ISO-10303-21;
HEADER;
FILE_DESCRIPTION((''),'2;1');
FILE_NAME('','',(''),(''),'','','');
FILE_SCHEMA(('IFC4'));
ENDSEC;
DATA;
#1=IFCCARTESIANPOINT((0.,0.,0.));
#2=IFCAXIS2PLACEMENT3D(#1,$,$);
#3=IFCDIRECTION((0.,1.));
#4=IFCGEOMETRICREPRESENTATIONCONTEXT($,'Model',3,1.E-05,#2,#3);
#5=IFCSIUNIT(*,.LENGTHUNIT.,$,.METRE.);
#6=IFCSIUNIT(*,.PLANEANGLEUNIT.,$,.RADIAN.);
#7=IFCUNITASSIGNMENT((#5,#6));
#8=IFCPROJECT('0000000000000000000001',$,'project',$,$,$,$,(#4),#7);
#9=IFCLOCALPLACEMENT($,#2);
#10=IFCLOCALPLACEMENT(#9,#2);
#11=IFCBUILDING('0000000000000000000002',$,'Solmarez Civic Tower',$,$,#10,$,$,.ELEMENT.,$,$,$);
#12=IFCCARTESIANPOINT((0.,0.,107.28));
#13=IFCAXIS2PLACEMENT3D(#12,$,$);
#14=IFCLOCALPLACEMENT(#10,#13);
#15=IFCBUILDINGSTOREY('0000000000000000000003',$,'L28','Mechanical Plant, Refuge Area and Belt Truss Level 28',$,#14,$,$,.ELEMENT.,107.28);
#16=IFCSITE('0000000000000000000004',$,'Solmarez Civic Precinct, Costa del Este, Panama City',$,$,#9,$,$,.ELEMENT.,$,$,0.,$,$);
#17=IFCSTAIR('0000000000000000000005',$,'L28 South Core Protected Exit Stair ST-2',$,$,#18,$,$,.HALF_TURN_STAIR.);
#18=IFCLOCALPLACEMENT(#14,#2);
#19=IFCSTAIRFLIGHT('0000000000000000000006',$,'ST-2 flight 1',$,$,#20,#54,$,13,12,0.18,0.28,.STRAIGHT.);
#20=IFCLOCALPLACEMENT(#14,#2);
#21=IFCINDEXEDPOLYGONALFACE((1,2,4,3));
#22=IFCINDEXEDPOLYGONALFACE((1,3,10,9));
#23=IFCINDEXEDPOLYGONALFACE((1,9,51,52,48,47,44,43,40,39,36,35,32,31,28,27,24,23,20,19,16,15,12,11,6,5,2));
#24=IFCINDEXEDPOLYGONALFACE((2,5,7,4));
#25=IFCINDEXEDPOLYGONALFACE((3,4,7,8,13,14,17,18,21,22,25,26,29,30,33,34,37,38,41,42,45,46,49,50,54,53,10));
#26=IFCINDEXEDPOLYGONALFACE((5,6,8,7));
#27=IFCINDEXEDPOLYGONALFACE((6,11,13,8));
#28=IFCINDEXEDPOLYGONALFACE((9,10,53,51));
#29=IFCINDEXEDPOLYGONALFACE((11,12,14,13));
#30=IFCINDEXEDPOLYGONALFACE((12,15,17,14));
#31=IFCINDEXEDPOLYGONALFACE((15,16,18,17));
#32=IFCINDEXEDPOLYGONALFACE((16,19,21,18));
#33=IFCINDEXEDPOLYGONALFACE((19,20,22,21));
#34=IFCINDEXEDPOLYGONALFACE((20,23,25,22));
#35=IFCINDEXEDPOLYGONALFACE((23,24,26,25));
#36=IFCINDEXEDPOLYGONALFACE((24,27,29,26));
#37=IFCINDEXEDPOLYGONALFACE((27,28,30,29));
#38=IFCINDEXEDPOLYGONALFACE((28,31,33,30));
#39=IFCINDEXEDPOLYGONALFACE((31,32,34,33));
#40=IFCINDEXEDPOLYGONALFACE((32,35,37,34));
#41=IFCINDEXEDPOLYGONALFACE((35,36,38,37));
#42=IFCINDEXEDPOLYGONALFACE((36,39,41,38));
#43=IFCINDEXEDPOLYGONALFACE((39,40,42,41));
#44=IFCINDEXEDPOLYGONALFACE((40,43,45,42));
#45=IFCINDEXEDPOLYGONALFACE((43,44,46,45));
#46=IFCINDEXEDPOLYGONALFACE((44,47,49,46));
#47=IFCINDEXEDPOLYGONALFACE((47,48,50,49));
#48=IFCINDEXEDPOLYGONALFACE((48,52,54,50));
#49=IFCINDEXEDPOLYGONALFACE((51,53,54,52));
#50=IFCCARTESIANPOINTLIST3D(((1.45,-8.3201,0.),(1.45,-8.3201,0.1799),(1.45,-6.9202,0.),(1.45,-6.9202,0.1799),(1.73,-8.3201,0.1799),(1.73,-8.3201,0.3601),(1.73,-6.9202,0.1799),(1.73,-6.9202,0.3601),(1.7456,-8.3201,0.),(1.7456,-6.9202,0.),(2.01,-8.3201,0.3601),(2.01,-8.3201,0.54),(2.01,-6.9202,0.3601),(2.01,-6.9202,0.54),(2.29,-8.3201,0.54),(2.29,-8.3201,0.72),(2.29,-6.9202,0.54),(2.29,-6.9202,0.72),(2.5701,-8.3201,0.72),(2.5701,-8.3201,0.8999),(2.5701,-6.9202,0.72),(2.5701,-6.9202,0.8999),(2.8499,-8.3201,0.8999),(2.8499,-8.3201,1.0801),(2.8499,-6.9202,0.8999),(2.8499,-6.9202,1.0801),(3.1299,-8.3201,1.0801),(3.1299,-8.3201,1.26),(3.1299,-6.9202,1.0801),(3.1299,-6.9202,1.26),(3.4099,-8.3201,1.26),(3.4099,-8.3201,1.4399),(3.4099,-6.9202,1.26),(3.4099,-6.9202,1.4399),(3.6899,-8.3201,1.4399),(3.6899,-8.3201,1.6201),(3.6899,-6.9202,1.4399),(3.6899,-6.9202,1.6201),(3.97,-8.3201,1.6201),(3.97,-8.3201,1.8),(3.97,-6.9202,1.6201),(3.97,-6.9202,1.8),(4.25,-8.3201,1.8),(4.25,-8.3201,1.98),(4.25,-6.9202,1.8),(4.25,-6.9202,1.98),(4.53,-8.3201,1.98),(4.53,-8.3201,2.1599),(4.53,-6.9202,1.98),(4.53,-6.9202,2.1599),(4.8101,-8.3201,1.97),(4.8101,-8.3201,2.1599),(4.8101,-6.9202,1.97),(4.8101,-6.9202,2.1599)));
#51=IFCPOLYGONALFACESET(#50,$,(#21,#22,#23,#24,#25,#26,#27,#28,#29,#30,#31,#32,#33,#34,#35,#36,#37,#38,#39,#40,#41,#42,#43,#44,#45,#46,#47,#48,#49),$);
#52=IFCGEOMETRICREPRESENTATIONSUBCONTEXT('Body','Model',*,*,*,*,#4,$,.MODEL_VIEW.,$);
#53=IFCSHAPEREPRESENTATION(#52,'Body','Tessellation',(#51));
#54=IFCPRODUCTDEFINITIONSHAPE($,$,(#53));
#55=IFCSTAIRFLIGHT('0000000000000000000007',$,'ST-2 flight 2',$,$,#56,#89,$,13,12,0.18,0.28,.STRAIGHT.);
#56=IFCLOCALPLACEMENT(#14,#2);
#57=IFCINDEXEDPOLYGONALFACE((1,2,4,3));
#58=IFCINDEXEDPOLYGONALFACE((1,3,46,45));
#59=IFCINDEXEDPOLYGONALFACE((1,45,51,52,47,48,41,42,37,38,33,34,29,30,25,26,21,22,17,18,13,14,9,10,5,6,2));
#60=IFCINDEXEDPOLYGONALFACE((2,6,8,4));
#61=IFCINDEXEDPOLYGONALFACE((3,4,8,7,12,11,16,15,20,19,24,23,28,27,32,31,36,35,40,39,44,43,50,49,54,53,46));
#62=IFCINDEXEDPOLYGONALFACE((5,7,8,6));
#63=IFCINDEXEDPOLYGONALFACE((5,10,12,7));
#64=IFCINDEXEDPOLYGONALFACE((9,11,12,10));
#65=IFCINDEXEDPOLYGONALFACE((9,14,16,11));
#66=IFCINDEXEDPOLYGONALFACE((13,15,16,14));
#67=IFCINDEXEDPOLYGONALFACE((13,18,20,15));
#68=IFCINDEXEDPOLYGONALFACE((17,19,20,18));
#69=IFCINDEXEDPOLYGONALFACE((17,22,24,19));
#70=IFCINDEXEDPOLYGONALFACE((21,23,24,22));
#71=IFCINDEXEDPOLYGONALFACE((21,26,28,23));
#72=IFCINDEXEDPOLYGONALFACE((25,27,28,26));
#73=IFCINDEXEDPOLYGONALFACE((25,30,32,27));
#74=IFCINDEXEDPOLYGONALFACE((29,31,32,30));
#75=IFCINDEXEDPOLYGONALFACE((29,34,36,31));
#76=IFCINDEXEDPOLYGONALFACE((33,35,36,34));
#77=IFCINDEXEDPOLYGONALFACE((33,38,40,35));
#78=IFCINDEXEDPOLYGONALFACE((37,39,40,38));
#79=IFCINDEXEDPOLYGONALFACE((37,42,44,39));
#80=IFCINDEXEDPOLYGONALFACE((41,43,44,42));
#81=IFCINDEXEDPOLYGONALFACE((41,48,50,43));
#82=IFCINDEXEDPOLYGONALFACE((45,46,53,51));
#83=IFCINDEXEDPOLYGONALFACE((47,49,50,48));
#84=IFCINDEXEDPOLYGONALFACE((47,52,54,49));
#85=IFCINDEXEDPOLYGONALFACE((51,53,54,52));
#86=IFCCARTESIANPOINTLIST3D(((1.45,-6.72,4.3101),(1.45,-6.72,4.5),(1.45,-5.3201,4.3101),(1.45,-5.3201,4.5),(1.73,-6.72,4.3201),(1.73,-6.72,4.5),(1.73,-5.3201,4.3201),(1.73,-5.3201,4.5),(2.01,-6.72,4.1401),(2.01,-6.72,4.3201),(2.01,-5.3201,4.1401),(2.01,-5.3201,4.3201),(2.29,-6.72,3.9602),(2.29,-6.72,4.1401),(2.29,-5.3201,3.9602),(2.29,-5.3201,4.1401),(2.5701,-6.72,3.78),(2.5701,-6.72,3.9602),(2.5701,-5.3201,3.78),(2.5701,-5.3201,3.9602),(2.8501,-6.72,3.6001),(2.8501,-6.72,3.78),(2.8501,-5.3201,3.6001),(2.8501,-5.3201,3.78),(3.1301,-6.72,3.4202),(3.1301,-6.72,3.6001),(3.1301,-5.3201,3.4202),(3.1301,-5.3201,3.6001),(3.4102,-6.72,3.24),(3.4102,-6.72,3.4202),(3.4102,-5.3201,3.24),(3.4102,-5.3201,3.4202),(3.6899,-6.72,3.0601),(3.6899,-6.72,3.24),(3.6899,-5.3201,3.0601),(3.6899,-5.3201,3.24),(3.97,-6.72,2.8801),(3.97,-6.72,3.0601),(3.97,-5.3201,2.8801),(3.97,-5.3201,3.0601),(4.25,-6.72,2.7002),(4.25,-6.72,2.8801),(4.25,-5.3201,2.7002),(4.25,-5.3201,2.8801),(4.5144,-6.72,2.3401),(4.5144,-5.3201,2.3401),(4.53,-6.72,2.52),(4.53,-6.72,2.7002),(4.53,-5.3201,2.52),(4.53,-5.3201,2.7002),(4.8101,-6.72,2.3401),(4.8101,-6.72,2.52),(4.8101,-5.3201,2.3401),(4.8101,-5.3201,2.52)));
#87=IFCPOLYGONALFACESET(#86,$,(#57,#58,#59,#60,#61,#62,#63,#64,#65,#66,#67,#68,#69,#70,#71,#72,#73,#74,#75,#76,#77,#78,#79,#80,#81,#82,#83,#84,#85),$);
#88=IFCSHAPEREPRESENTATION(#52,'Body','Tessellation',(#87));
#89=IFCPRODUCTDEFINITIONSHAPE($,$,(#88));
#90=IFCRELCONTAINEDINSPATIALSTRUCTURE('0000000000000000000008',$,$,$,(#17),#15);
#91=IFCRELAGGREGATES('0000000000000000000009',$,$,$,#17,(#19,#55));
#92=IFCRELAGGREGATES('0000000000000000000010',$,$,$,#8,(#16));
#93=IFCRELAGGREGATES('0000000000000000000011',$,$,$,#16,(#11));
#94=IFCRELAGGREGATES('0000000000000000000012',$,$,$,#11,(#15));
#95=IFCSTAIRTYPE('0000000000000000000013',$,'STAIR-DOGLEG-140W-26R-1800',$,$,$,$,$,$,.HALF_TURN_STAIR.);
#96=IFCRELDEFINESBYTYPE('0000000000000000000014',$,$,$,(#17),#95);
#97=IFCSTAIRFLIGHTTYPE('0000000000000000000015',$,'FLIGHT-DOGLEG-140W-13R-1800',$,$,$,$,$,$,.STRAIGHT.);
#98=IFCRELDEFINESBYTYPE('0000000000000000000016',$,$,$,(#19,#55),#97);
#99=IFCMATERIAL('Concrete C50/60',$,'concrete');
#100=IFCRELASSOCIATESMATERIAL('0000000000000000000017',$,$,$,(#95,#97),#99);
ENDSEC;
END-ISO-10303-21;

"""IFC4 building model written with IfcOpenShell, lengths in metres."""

from ifc_helpers import new_model, si_unit, direction, frame, origin, place, context, subcontext, project, spatial, polyline, outline, extrude, material, type_object, element, aggregate, save


model = new_model("IFC4")

# Units and contexts
model_context = context("Model", 3, precision=1e-05, world=origin(), true_north=direction((0.0, 1.0)))
body_context = subcontext(model_context, "Body", "Model", "MODEL_VIEW")
ifc_project = project(units=[si_unit("LENGTHUNIT", "METRE"), si_unit("PLANEANGLEUNIT", "RADIAN")], contexts=[model_context])

# Site, building, storey
site_placement = place(None, origin())
site = spatial("IfcSite", under=ifc_project, at=site_placement, Name="Solmarez Civic Precinct, Costa del Este, Panama City", CompositionType="ELEMENT", RefElevation=0.0)
building_placement = place(site_placement, origin())
building = spatial("IfcBuilding", under=site, at=building_placement, Name="Solmarez Civic Tower", CompositionType="ELEMENT")
storey_placement = place(building_placement, frame((0.0, 0.0, 107.28)))
storey = spatial("IfcBuildingStorey", under=building, at=storey_placement, Name="L28", Description="Mechanical Plant, Refuge Area and Belt Truss Level 28", CompositionType="ELEMENT", Elevation=107.28)

# Shared definitions
ifc_material_1 = material(Name="Concrete C50/60", Category="concrete")

# Stair, stair flights
stair_type = type_object("IfcStairType", Name="STAIR-DOGLEG-140W-26R-1800", PredefinedType="HALF_TURN_STAIR", material=ifc_material_1)
stair_placement = place(storey_placement, origin())
stair = element("IfcStair", 1, at=stair_placement, inside=storey, type_object=stair_type, Name="L28 South Core Protected Exit Stair ST-2", PredefinedType="HALF_TURN_STAIR")
stair_flight_type = type_object("IfcStairFlightType", Name="FLIGHT-DOGLEG-140W-13R-1800", PredefinedType="STRAIGHT", material=ifc_material_1)
stair_flight_1_placement = place(storey_placement, frame((1.45, -7.6201, 0.0), z_axis=(0.0, 0.0, 1.0), x_axis=(1.0, 0.0, 0.0)))
stair_flight_1 = element("IfcStairFlight", 2, at=stair_flight_1_placement, type_object=stair_flight_type, Name="ST-2 flight 1", NumberOfRisers=13, NumberOfTreads=12, PredefinedType="STRAIGHT", RiserHeight=0.18, TreadLength=0.28, context=body_context, shape_type="SweptSolid", body=[
    extrude(outline(polyline([(0.0, 0.0), (0.0, 0.1799), (0.28, 0.1799), (0.28, 0.3601), (0.5601, 0.3601), (0.5601, 0.54), (0.8401, 0.54), (0.8401, 0.72), (1.1201, 0.72), (1.1201, 0.8999), (1.3999, 0.8999), (1.3999, 1.0801), (1.6799, 1.0801), (1.6799, 1.26), (1.96, 1.26), (1.96, 1.4399), (2.24, 1.4399), (2.24, 1.6201), (2.52, 1.6201), (2.52, 1.8), (2.8, 1.8), (2.8, 1.98), (3.0801, 1.98), (3.0801, 2.1599), (3.3601, 2.1599), (3.3601, 2.3401), (3.3601, 1.97), (0.2957, 0.0), (0.0, 0.0)])), frame((0.0, 0.7, 0.0), z_axis=(0.0, -1.0, 0.0), x_axis=(1.0, 0.0, 0.0)), (0.0, 0.0, 1.0), 1.3999),
])
stair_flight_2_placement = place(storey_placement, frame((4.8101, -6.02, 2.3401), z_axis=(0.0, 0.0, 1.0), x_axis=(-1.0, 0.0, 0.0)))
stair_flight_2 = element("IfcStairFlight", 3, at=stair_flight_2_placement, type_object=stair_flight_type, Name="ST-2 flight 2", NumberOfRisers=13, NumberOfTreads=12, PredefinedType="STRAIGHT", RiserHeight=0.18, TreadLength=0.28, context=body_context, shape_type="SweptSolid", body=[
    extrude(outline(polyline([(0.0, 0.0), (0.0, 0.1799), (0.28, 0.1799), (0.28, 0.3601), (0.5601, 0.3601), (0.5601, 0.54), (0.8401, 0.54), (0.8401, 0.72), (1.1201, 0.72), (1.1201, 0.8999), (1.3999, 0.8999), (1.3999, 1.0801), (1.6799, 1.0801), (1.6799, 1.26), (1.96, 1.26), (1.96, 1.4399), (2.24, 1.4399), (2.24, 1.6201), (2.52, 1.6201), (2.52, 1.8), (2.8, 1.8), (2.8, 1.98), (3.0801, 1.98), (3.0801, 2.1599), (3.3601, 2.1599), (3.3601, 2.3401), (3.3601, 1.97), (0.2957, 0.0), (0.0, 0.0)])), frame((0.0, 0.7, 0.0), z_axis=(0.0, -1.0, 0.0), x_axis=(1.0, 0.0, 0.0)), (0.0, 0.0, 1.0), 1.3999),
])
aggregate(stair, [stair_flight_1, stair_flight_2])

save(model, "model.ifc")
